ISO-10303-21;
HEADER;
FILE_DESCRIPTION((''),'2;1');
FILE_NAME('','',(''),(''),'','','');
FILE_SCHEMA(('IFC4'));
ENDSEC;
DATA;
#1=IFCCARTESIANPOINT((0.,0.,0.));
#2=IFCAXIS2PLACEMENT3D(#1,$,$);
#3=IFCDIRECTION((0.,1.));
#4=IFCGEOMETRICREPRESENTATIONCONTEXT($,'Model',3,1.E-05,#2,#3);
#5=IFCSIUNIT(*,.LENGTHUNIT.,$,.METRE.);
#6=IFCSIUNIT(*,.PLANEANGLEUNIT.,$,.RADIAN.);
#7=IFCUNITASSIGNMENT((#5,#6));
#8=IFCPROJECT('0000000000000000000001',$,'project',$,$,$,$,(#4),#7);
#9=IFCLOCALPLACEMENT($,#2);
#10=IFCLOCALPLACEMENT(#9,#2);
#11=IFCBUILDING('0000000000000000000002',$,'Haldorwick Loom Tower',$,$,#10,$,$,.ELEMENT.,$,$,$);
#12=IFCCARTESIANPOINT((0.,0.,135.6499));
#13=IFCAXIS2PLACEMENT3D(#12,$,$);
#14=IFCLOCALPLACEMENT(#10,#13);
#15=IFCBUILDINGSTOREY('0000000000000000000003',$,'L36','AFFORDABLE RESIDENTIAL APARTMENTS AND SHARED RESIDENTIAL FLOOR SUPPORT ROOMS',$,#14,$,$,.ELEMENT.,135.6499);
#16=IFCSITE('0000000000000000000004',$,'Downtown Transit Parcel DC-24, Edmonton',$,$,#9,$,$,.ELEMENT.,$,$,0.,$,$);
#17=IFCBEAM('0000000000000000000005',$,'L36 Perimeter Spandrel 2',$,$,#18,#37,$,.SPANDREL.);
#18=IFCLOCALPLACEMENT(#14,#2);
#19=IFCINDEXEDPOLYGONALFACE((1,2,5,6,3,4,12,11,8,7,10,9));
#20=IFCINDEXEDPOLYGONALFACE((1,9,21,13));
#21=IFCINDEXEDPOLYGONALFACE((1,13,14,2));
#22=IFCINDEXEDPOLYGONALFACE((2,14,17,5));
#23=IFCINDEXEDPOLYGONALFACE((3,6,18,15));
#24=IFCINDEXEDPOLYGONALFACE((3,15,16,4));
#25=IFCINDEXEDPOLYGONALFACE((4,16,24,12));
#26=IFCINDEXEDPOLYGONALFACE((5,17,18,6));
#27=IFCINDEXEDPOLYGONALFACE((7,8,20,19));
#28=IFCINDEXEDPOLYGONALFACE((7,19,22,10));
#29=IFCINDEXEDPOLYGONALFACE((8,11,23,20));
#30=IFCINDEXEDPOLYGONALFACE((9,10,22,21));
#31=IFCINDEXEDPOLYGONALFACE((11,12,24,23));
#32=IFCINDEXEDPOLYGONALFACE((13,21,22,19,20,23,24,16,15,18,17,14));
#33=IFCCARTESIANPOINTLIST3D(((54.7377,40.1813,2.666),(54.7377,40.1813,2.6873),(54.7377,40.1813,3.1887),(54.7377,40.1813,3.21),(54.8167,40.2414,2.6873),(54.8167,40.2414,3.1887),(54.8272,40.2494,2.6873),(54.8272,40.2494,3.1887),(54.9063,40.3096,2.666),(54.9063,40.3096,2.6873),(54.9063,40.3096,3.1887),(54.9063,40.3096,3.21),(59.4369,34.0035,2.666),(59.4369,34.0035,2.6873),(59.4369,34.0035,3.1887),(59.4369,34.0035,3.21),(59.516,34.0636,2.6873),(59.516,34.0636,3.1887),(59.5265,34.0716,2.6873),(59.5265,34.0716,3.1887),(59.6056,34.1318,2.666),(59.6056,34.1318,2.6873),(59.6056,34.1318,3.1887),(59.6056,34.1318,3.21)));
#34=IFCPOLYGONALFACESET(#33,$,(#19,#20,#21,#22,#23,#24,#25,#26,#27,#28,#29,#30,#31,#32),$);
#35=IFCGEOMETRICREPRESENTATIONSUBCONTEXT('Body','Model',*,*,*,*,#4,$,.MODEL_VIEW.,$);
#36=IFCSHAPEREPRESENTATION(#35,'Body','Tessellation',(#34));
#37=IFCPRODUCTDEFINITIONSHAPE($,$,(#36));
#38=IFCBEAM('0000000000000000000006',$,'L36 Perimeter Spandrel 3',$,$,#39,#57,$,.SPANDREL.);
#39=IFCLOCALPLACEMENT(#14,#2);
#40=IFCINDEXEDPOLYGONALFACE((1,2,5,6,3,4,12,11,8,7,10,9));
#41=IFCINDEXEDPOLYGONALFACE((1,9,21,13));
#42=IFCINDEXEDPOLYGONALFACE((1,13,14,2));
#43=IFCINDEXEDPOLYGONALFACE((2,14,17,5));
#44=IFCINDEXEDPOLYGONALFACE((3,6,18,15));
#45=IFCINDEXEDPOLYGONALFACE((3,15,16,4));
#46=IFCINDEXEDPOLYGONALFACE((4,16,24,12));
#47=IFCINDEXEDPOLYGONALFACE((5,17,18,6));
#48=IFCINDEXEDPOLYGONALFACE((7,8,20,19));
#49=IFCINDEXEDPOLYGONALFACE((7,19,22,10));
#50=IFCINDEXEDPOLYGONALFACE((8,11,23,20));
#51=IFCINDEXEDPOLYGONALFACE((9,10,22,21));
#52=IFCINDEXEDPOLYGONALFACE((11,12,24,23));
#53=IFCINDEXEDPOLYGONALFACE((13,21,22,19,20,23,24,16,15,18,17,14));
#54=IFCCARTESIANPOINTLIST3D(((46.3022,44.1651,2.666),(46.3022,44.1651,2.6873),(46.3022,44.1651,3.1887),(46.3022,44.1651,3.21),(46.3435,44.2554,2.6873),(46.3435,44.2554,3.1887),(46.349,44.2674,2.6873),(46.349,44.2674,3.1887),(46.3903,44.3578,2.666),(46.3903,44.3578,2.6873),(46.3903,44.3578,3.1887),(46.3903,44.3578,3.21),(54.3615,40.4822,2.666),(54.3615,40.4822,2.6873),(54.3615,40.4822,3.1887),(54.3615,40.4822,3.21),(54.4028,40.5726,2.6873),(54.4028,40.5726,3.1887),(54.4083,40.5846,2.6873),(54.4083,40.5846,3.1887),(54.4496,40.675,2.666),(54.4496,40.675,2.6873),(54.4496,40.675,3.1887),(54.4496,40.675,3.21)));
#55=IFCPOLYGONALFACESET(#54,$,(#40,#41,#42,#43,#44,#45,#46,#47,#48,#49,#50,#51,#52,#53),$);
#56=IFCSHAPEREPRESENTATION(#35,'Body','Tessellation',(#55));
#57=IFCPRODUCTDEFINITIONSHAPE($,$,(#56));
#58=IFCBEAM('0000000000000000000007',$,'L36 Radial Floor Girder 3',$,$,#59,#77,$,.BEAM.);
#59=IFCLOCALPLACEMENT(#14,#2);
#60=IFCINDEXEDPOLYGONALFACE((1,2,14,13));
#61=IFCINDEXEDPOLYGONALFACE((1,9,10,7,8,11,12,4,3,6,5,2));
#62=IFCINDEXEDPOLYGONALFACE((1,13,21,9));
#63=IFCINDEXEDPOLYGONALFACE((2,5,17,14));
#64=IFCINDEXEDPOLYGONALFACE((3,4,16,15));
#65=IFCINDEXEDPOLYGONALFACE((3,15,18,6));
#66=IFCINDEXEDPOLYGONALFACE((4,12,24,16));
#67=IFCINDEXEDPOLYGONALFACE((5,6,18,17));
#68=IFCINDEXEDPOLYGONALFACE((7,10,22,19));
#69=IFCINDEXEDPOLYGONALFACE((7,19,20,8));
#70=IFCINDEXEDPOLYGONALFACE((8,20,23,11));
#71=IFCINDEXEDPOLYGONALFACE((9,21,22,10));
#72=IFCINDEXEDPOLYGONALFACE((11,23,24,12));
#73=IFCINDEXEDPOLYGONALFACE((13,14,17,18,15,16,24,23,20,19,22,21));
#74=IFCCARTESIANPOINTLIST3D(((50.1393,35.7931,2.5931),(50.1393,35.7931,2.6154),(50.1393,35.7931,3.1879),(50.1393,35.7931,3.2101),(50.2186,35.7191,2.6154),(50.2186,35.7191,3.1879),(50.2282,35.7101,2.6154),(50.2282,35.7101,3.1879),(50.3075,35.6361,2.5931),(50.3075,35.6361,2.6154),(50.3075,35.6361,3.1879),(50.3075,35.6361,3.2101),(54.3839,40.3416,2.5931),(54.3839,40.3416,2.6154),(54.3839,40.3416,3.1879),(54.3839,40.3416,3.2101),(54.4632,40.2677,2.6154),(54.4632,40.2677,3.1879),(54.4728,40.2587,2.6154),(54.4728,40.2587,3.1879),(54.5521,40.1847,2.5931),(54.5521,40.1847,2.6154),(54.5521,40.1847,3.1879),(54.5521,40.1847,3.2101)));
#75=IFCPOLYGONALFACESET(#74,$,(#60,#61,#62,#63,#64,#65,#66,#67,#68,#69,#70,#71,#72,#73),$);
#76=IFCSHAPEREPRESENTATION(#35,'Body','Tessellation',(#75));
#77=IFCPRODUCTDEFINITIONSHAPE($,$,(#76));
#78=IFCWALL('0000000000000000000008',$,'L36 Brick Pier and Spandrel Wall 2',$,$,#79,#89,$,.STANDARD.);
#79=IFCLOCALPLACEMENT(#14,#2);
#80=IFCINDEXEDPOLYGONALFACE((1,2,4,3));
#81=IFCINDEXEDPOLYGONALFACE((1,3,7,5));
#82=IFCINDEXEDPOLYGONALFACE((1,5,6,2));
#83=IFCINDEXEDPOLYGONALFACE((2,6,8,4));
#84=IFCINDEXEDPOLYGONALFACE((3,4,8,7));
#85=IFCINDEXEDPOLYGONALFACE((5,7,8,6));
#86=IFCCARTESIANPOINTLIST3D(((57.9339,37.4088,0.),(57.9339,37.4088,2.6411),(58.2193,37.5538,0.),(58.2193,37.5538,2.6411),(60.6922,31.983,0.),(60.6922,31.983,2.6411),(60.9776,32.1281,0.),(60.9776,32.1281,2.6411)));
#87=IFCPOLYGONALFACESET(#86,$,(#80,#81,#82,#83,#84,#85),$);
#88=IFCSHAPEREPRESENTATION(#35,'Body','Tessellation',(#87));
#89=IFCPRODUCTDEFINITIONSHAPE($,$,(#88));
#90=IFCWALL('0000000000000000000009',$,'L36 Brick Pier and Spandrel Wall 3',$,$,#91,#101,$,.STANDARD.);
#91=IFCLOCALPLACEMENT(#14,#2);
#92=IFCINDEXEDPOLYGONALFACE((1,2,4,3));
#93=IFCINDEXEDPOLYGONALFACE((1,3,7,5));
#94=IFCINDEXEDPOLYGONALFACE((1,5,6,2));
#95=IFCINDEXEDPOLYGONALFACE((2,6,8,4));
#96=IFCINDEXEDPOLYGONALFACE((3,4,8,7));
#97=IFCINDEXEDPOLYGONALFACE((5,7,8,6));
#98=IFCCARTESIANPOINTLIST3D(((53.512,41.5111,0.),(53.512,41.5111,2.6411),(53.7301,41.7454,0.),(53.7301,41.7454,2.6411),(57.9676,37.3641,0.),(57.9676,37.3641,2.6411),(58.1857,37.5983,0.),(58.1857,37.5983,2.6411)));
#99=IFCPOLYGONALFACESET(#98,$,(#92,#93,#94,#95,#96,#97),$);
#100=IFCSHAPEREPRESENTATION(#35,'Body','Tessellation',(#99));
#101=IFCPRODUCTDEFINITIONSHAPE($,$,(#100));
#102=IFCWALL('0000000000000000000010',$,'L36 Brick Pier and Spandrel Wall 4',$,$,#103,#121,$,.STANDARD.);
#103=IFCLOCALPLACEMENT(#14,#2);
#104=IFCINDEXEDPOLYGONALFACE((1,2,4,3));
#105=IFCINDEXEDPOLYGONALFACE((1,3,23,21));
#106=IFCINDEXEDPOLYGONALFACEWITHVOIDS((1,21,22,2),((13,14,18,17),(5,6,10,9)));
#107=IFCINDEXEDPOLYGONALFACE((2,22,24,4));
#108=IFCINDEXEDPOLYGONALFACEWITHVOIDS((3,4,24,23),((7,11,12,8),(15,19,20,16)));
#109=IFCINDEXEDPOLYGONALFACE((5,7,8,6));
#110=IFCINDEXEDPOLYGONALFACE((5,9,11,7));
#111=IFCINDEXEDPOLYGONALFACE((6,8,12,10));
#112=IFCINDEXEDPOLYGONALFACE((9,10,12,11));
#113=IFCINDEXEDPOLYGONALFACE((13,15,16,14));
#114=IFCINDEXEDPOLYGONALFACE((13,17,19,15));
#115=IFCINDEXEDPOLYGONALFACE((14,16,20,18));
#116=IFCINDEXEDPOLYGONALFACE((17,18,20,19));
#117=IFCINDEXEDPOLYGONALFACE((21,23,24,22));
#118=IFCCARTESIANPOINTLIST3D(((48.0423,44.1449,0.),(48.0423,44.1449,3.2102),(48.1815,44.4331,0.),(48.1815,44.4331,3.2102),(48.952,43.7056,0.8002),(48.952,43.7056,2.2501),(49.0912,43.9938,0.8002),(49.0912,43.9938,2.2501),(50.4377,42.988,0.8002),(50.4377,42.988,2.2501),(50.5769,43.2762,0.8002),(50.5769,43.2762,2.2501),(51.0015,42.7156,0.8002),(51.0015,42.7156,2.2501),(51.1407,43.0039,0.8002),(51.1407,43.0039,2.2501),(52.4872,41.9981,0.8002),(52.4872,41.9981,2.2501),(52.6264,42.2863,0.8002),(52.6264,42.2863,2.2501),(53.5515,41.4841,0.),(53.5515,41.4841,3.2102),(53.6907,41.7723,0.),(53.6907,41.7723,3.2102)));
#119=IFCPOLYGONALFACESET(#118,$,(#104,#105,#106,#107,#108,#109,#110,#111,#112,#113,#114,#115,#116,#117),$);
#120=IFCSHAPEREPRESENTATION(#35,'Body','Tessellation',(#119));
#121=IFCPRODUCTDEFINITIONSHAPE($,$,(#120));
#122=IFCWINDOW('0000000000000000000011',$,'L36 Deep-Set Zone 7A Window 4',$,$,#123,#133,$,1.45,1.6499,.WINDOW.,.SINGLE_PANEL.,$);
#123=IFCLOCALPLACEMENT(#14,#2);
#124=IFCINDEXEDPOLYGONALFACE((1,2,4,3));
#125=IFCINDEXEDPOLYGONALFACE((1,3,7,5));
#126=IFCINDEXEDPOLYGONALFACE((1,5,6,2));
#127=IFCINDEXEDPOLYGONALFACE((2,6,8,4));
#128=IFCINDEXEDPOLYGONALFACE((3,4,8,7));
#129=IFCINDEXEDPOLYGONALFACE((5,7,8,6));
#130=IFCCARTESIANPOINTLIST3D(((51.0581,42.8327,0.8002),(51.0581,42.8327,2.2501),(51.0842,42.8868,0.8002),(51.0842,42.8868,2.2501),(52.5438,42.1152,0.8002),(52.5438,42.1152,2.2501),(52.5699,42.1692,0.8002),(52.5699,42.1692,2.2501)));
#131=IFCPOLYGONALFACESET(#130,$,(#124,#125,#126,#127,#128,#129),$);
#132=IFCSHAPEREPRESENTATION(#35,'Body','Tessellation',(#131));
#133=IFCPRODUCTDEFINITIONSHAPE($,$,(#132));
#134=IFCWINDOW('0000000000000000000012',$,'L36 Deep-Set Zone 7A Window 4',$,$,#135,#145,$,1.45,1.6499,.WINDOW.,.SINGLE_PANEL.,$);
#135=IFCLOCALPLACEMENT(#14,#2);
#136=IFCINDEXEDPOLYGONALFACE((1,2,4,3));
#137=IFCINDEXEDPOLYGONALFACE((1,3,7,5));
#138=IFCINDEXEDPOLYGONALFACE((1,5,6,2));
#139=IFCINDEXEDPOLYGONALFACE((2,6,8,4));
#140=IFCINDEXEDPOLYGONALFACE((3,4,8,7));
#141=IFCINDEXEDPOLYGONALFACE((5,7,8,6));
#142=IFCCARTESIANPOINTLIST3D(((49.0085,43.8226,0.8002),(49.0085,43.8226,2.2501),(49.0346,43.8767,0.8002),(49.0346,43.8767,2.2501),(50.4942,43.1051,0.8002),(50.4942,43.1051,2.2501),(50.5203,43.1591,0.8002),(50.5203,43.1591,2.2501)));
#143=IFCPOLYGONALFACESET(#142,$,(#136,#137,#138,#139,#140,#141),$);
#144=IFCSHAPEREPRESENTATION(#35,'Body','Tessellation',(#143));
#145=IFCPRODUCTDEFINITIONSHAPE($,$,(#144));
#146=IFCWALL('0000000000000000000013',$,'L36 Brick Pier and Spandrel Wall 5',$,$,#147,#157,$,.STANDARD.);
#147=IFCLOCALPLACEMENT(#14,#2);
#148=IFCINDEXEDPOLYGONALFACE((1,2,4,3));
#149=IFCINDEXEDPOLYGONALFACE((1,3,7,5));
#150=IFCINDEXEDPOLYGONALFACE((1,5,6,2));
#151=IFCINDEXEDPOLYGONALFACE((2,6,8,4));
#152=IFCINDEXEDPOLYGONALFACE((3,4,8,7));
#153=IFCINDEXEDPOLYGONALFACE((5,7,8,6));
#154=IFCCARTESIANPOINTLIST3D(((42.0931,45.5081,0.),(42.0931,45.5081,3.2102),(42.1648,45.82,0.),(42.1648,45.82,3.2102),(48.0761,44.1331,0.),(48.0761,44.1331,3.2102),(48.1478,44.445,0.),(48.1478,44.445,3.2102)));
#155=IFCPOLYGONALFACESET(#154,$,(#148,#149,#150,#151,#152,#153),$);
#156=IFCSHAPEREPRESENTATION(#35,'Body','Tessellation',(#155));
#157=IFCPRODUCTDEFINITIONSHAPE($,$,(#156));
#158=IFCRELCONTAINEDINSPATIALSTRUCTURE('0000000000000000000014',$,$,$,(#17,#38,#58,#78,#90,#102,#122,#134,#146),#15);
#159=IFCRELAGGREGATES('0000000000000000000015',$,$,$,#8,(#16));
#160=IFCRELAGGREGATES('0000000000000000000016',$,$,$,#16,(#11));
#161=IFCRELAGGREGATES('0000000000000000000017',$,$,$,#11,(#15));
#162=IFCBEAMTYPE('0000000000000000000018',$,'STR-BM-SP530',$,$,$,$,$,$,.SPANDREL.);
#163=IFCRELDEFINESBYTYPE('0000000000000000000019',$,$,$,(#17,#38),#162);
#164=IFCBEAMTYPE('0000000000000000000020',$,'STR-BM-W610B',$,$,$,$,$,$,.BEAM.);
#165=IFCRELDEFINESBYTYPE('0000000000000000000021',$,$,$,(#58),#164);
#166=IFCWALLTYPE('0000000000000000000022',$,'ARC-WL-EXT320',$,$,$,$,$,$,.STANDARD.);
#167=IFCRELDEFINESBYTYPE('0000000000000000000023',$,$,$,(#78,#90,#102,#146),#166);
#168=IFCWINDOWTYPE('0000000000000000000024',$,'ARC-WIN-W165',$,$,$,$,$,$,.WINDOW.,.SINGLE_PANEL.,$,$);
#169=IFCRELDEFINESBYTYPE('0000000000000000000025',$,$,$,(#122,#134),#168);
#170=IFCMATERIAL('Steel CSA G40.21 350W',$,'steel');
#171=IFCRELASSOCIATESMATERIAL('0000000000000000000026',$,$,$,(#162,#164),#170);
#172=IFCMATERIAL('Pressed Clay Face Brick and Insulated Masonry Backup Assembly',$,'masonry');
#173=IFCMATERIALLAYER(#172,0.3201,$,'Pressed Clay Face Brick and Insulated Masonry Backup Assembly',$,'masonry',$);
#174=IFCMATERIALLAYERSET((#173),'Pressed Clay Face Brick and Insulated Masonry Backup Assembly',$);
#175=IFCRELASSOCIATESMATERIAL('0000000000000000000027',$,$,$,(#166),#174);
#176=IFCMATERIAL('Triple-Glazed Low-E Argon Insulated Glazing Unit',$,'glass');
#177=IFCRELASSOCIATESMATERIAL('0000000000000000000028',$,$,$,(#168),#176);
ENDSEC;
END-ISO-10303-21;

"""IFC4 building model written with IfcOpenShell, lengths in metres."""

from ifc_helpers import new_model, si_unit, direction, frame, frame_2d, origin, origin_2d, place, context, subcontext, project, spatial, rectangle, i_section, extrude, material, layer, layer_set, material_profile, profile_set, type_object, element, fill, save


model = new_model("IFC4")

# Units and contexts
model_context = context("Model", 3, precision=1e-05, world=origin(), true_north=direction((0.0, 1.0)))
body_context = subcontext(model_context, "Body", "Model", "MODEL_VIEW")
ifc_project = project(units=[si_unit("LENGTHUNIT", "METRE"), si_unit("PLANEANGLEUNIT", "RADIAN")], contexts=[model_context])

# Site, building, storey
site_placement = place(None, origin())
site = spatial("IfcSite", under=ifc_project, at=site_placement, Name="Downtown Transit Parcel DC-24, Edmonton", CompositionType="ELEMENT", RefElevation=0.0)
building_placement = place(site_placement, origin())
building = spatial("IfcBuilding", under=site, at=building_placement, Name="Haldorwick Loom Tower", CompositionType="ELEMENT")
storey_placement = place(building_placement, frame((0.0, 0.0, 135.6499)))
storey = spatial("IfcBuildingStorey", under=building, at=storey_placement, Name="L36", Description="AFFORDABLE RESIDENTIAL APARTMENTS AND SHARED RESIDENTIAL FLOOR SUPPORT ROOMS", CompositionType="ELEMENT", Elevation=135.6499)

# Beams
ifc_material_1 = material(Name="Steel CSA G40.21 350W", Category="steel")
ifc_material_profile_1 = material_profile(ifc_material_1, i_section(OverallWidth=0.2119, OverallDepth=0.5439, WebThickness=0.0132, FlangeThickness=0.0212, at=origin_2d()), Name="W530X123", Category="steel")
ifc_profile_set_1 = profile_set([ifc_material_profile_1], Name="Steel CSA G40.21 350W")
beam_type_1 = type_object("IfcBeamType", Name="STR-BM-SP530", PredefinedType="SPANDREL", material=ifc_profile_set_1)
beam_1_placement = place(storey_placement, frame((59.5212, 34.0676, 2.938), z_axis=(-0.605421, 0.795905, 0.0), x_axis=(-0.795905, -0.605421, 0.0)))
element("IfcBeam", 1, at=beam_1_placement, inside=storey, type_object=beam_type_1, Name="L36 Perimeter Spandrel 2", PredefinedType="SPANDREL", context=body_context, shape_type="SweptSolid", body=[
    extrude(i_section(OverallWidth=0.2119, OverallDepth=0.5439, WebThickness=0.0132, FlangeThickness=0.0212, at=origin_2d()), origin(), (0.0, 0.0, 1.0), 7.762),
])
beam_2_placement = place(storey_placement, frame((54.4055, 40.5786, 2.938), z_axis=(-0.909534, 0.415629, 0.0), x_axis=(-0.415629, -0.909534, 0.0)))
element("IfcBeam", 2, at=beam_2_placement, inside=storey, type_object=beam_type_1, Name="L36 Perimeter Spandrel 3", PredefinedType="SPANDREL", context=body_context, shape_type="SweptSolid", body=[
    extrude(i_section(OverallWidth=0.2119, OverallDepth=0.5439, WebThickness=0.0132, FlangeThickness=0.0212, at=origin_2d()), origin(), (0.0, 0.0, 1.0), 8.8608),
])
ifc_material_profile_2 = material_profile(ifc_material_1, i_section(OverallWidth=0.23, OverallDepth=0.6169, WebThickness=0.0132, FlangeThickness=0.0222, at=origin_2d()), Name="W610X140", Category="steel")
ifc_profile_set_2 = profile_set([ifc_material_profile_2], Name="Steel CSA G40.21 350W")
beam_type_2 = type_object("IfcBeamType", Name="STR-BM-W610B", PredefinedType="BEAM", material=ifc_profile_set_2)
beam_3_placement = place(storey_placement, frame((50.2234, 35.7146, 2.9016), z_axis=(0.682257, 0.731113, 0.0), x_axis=(-0.731113, 0.682257, 0.0)))
element("IfcBeam", 3, at=beam_3_placement, inside=storey, type_object=beam_type_2, Name="L36 Radial Floor Girder 3", PredefinedType="BEAM", context=body_context, shape_type="SweptSolid", body=[
    extrude(i_section(OverallWidth=0.23, OverallDepth=0.6169, WebThickness=0.0132, FlangeThickness=0.0222, at=origin_2d()), origin(), (0.0, 0.0, 1.0), 6.2214),
])

# Walls
ifc_material_2 = material(Name="Pressed Clay Face Brick and Insulated Masonry Backup Assembly", Category="masonry")
ifc_layer_1 = layer(ifc_material_2, 0.3201, Name="Pressed Clay Face Brick and Insulated Masonry Backup Assembly", Category="masonry")
ifc_layer_set_1 = layer_set([ifc_layer_1], Name="Pressed Clay Face Brick and Insulated Masonry Backup Assembly")
wall_type_1 = type_object("IfcWallType", Name="ARC-WL-EXT320", PredefinedType="STANDARD", material=ifc_layer_set_1)
wall_1_placement = place(storey_placement, frame((60.835, 32.0554, 0.0), z_axis=(0.0, 0.0, 1.0), x_axis=(-0.453172, 0.891423, 0.0)))
element("IfcWall", 4, at=wall_1_placement, inside=storey, type_object=wall_type_1, Name="L36 Brick Pier and Spandrel Wall 2", PredefinedType="STANDARD", context=body_context, shape_type="SweptSolid", body=[
    extrude(rectangle(XDim=6.0867, YDim=0.3201, at=frame_2d((3.0435, 0.0))), origin(), (0.0, 0.0, 1.0), 2.6411),
])
wall_2_placement = place(storey_placement, frame((58.0767, 37.4812, 0.0), z_axis=(0.0, 0.0, 1.0), x_axis=(-0.732002, 0.681303, 0.0)))
element("IfcWall", 5, at=wall_2_placement, inside=storey, type_object=wall_type_1, Name="L36 Brick Pier and Spandrel Wall 3", PredefinedType="STANDARD", context=body_context, shape_type="SweptSolid", body=[
    extrude(rectangle(XDim=6.0869, YDim=0.3201, at=frame_2d((3.0435, 0.0))), origin(), (0.0, 0.0, 1.0), 2.6411),
])

# Wall, openings, windows
wall_3_placement = place(storey_placement, frame((53.6211, 41.6282, 0.0), z_axis=(0.0, 0.0, 1.0), x_axis=(-0.900472, 0.434913, 0.0)))
wall_3 = element("IfcWall", 6, at=wall_3_placement, inside=storey, type_object=wall_type_1, Name="L36 Brick Pier and Spandrel Wall 4", PredefinedType="STANDARD", context=body_context, shape_type="SweptSolid", body=[
    extrude(rectangle(XDim=6.1182, YDim=0.3201, at=frame_2d((3.0591, 0.0))), origin(), (0.0, 0.0, 1.0), 3.2102),
])
opening_1_placement = place(wall_3_placement, frame((1.1819, 0.0, 0.8)))
opening_1 = element("IfcOpeningElement", 7, at=opening_1_placement, cuts=wall_3, PredefinedType="OPENING", context=body_context, shape_type="SweptSolid", body=[
    extrude(rectangle(XDim=1.6499, YDim=1.45, at=frame_2d((0.825, 0.7251))), frame((0.0, 0.1699, 0.0), z_axis=(0.0, -1.0, 0.0), x_axis=(1.0, 0.0, 0.0)), (0.0, 0.0, 1.0), 0.3401),
])
opening_2_placement = place(wall_3_placement, frame((3.458, 0.0, 0.8)))
opening_2 = element("IfcOpeningElement", 8, at=opening_2_placement, cuts=wall_3, PredefinedType="OPENING", context=body_context, shape_type="SweptSolid", body=[
    extrude(rectangle(XDim=1.6499, YDim=1.45, at=frame_2d((0.825, 0.7251))), frame((0.0, 0.1699, 0.0), z_axis=(0.0, -1.0, 0.0), x_axis=(1.0, 0.0, 0.0)), (0.0, 0.0, 1.0), 0.3401),
])
ifc_material_3 = material(Name="Triple-Glazed Low-E Argon Insulated Glazing Unit", Category="glass")
window_type = type_object("IfcWindowType", Name="ARC-WIN-W165", PartitioningType="SINGLE_PANEL", PredefinedType="WINDOW", material=ifc_material_3)
window_1_placement = place(opening_1_placement, origin())
window_1 = element("IfcWindow", 9, at=window_1_placement, inside=storey, type_object=window_type, Name="L36 Deep-Set Zone 7A Window 4", OverallHeight=1.45, OverallWidth=1.6499, PartitioningType="SINGLE_PANEL", PredefinedType="WINDOW", context=body_context, shape_type="SweptSolid", body=[
    extrude(rectangle(XDim=1.6499, YDim=1.45, at=frame_2d((0.825, 0.7251))), frame((0.0, 0.03, 0.0), z_axis=(0.0, -1.0, 0.0), x_axis=(1.0, 0.0, 0.0)), (0.0, 0.0, 1.0), 0.0601),
])
fill(opening_1, window_1)
window_2_placement = place(opening_2_placement, origin())
window_2 = element("IfcWindow", 10, at=window_2_placement, inside=storey, type_object=window_type, Name="L36 Deep-Set Zone 7A Window 4", OverallHeight=1.45, OverallWidth=1.6499, PartitioningType="SINGLE_PANEL", PredefinedType="WINDOW", context=body_context, shape_type="SweptSolid", body=[
    extrude(rectangle(XDim=1.6499, YDim=1.45, at=frame_2d((0.825, 0.7251))), frame((0.0, 0.03, 0.0), z_axis=(0.0, -1.0, 0.0), x_axis=(1.0, 0.0, 0.0)), (0.0, 0.0, 1.0), 0.0601),
])
fill(opening_2, window_2)

# Wall
wall_4_placement = place(storey_placement, frame((48.1118, 44.2891, 0.0), z_axis=(0.0, 0.0, 1.0), x_axis=(-0.974593, 0.223982, 0.0)))
element("IfcWall", 11, at=wall_4_placement, inside=storey, type_object=wall_type_1, Name="L36 Brick Pier and Spandrel Wall 5", PredefinedType="STANDARD", context=body_context, shape_type="SweptSolid", body=[
    extrude(rectangle(XDim=6.1389, YDim=0.3201, at=frame_2d((3.0693, 0.0))), origin(), (0.0, 0.0, 1.0), 3.2102),
])

save(model, "model.ifc")
